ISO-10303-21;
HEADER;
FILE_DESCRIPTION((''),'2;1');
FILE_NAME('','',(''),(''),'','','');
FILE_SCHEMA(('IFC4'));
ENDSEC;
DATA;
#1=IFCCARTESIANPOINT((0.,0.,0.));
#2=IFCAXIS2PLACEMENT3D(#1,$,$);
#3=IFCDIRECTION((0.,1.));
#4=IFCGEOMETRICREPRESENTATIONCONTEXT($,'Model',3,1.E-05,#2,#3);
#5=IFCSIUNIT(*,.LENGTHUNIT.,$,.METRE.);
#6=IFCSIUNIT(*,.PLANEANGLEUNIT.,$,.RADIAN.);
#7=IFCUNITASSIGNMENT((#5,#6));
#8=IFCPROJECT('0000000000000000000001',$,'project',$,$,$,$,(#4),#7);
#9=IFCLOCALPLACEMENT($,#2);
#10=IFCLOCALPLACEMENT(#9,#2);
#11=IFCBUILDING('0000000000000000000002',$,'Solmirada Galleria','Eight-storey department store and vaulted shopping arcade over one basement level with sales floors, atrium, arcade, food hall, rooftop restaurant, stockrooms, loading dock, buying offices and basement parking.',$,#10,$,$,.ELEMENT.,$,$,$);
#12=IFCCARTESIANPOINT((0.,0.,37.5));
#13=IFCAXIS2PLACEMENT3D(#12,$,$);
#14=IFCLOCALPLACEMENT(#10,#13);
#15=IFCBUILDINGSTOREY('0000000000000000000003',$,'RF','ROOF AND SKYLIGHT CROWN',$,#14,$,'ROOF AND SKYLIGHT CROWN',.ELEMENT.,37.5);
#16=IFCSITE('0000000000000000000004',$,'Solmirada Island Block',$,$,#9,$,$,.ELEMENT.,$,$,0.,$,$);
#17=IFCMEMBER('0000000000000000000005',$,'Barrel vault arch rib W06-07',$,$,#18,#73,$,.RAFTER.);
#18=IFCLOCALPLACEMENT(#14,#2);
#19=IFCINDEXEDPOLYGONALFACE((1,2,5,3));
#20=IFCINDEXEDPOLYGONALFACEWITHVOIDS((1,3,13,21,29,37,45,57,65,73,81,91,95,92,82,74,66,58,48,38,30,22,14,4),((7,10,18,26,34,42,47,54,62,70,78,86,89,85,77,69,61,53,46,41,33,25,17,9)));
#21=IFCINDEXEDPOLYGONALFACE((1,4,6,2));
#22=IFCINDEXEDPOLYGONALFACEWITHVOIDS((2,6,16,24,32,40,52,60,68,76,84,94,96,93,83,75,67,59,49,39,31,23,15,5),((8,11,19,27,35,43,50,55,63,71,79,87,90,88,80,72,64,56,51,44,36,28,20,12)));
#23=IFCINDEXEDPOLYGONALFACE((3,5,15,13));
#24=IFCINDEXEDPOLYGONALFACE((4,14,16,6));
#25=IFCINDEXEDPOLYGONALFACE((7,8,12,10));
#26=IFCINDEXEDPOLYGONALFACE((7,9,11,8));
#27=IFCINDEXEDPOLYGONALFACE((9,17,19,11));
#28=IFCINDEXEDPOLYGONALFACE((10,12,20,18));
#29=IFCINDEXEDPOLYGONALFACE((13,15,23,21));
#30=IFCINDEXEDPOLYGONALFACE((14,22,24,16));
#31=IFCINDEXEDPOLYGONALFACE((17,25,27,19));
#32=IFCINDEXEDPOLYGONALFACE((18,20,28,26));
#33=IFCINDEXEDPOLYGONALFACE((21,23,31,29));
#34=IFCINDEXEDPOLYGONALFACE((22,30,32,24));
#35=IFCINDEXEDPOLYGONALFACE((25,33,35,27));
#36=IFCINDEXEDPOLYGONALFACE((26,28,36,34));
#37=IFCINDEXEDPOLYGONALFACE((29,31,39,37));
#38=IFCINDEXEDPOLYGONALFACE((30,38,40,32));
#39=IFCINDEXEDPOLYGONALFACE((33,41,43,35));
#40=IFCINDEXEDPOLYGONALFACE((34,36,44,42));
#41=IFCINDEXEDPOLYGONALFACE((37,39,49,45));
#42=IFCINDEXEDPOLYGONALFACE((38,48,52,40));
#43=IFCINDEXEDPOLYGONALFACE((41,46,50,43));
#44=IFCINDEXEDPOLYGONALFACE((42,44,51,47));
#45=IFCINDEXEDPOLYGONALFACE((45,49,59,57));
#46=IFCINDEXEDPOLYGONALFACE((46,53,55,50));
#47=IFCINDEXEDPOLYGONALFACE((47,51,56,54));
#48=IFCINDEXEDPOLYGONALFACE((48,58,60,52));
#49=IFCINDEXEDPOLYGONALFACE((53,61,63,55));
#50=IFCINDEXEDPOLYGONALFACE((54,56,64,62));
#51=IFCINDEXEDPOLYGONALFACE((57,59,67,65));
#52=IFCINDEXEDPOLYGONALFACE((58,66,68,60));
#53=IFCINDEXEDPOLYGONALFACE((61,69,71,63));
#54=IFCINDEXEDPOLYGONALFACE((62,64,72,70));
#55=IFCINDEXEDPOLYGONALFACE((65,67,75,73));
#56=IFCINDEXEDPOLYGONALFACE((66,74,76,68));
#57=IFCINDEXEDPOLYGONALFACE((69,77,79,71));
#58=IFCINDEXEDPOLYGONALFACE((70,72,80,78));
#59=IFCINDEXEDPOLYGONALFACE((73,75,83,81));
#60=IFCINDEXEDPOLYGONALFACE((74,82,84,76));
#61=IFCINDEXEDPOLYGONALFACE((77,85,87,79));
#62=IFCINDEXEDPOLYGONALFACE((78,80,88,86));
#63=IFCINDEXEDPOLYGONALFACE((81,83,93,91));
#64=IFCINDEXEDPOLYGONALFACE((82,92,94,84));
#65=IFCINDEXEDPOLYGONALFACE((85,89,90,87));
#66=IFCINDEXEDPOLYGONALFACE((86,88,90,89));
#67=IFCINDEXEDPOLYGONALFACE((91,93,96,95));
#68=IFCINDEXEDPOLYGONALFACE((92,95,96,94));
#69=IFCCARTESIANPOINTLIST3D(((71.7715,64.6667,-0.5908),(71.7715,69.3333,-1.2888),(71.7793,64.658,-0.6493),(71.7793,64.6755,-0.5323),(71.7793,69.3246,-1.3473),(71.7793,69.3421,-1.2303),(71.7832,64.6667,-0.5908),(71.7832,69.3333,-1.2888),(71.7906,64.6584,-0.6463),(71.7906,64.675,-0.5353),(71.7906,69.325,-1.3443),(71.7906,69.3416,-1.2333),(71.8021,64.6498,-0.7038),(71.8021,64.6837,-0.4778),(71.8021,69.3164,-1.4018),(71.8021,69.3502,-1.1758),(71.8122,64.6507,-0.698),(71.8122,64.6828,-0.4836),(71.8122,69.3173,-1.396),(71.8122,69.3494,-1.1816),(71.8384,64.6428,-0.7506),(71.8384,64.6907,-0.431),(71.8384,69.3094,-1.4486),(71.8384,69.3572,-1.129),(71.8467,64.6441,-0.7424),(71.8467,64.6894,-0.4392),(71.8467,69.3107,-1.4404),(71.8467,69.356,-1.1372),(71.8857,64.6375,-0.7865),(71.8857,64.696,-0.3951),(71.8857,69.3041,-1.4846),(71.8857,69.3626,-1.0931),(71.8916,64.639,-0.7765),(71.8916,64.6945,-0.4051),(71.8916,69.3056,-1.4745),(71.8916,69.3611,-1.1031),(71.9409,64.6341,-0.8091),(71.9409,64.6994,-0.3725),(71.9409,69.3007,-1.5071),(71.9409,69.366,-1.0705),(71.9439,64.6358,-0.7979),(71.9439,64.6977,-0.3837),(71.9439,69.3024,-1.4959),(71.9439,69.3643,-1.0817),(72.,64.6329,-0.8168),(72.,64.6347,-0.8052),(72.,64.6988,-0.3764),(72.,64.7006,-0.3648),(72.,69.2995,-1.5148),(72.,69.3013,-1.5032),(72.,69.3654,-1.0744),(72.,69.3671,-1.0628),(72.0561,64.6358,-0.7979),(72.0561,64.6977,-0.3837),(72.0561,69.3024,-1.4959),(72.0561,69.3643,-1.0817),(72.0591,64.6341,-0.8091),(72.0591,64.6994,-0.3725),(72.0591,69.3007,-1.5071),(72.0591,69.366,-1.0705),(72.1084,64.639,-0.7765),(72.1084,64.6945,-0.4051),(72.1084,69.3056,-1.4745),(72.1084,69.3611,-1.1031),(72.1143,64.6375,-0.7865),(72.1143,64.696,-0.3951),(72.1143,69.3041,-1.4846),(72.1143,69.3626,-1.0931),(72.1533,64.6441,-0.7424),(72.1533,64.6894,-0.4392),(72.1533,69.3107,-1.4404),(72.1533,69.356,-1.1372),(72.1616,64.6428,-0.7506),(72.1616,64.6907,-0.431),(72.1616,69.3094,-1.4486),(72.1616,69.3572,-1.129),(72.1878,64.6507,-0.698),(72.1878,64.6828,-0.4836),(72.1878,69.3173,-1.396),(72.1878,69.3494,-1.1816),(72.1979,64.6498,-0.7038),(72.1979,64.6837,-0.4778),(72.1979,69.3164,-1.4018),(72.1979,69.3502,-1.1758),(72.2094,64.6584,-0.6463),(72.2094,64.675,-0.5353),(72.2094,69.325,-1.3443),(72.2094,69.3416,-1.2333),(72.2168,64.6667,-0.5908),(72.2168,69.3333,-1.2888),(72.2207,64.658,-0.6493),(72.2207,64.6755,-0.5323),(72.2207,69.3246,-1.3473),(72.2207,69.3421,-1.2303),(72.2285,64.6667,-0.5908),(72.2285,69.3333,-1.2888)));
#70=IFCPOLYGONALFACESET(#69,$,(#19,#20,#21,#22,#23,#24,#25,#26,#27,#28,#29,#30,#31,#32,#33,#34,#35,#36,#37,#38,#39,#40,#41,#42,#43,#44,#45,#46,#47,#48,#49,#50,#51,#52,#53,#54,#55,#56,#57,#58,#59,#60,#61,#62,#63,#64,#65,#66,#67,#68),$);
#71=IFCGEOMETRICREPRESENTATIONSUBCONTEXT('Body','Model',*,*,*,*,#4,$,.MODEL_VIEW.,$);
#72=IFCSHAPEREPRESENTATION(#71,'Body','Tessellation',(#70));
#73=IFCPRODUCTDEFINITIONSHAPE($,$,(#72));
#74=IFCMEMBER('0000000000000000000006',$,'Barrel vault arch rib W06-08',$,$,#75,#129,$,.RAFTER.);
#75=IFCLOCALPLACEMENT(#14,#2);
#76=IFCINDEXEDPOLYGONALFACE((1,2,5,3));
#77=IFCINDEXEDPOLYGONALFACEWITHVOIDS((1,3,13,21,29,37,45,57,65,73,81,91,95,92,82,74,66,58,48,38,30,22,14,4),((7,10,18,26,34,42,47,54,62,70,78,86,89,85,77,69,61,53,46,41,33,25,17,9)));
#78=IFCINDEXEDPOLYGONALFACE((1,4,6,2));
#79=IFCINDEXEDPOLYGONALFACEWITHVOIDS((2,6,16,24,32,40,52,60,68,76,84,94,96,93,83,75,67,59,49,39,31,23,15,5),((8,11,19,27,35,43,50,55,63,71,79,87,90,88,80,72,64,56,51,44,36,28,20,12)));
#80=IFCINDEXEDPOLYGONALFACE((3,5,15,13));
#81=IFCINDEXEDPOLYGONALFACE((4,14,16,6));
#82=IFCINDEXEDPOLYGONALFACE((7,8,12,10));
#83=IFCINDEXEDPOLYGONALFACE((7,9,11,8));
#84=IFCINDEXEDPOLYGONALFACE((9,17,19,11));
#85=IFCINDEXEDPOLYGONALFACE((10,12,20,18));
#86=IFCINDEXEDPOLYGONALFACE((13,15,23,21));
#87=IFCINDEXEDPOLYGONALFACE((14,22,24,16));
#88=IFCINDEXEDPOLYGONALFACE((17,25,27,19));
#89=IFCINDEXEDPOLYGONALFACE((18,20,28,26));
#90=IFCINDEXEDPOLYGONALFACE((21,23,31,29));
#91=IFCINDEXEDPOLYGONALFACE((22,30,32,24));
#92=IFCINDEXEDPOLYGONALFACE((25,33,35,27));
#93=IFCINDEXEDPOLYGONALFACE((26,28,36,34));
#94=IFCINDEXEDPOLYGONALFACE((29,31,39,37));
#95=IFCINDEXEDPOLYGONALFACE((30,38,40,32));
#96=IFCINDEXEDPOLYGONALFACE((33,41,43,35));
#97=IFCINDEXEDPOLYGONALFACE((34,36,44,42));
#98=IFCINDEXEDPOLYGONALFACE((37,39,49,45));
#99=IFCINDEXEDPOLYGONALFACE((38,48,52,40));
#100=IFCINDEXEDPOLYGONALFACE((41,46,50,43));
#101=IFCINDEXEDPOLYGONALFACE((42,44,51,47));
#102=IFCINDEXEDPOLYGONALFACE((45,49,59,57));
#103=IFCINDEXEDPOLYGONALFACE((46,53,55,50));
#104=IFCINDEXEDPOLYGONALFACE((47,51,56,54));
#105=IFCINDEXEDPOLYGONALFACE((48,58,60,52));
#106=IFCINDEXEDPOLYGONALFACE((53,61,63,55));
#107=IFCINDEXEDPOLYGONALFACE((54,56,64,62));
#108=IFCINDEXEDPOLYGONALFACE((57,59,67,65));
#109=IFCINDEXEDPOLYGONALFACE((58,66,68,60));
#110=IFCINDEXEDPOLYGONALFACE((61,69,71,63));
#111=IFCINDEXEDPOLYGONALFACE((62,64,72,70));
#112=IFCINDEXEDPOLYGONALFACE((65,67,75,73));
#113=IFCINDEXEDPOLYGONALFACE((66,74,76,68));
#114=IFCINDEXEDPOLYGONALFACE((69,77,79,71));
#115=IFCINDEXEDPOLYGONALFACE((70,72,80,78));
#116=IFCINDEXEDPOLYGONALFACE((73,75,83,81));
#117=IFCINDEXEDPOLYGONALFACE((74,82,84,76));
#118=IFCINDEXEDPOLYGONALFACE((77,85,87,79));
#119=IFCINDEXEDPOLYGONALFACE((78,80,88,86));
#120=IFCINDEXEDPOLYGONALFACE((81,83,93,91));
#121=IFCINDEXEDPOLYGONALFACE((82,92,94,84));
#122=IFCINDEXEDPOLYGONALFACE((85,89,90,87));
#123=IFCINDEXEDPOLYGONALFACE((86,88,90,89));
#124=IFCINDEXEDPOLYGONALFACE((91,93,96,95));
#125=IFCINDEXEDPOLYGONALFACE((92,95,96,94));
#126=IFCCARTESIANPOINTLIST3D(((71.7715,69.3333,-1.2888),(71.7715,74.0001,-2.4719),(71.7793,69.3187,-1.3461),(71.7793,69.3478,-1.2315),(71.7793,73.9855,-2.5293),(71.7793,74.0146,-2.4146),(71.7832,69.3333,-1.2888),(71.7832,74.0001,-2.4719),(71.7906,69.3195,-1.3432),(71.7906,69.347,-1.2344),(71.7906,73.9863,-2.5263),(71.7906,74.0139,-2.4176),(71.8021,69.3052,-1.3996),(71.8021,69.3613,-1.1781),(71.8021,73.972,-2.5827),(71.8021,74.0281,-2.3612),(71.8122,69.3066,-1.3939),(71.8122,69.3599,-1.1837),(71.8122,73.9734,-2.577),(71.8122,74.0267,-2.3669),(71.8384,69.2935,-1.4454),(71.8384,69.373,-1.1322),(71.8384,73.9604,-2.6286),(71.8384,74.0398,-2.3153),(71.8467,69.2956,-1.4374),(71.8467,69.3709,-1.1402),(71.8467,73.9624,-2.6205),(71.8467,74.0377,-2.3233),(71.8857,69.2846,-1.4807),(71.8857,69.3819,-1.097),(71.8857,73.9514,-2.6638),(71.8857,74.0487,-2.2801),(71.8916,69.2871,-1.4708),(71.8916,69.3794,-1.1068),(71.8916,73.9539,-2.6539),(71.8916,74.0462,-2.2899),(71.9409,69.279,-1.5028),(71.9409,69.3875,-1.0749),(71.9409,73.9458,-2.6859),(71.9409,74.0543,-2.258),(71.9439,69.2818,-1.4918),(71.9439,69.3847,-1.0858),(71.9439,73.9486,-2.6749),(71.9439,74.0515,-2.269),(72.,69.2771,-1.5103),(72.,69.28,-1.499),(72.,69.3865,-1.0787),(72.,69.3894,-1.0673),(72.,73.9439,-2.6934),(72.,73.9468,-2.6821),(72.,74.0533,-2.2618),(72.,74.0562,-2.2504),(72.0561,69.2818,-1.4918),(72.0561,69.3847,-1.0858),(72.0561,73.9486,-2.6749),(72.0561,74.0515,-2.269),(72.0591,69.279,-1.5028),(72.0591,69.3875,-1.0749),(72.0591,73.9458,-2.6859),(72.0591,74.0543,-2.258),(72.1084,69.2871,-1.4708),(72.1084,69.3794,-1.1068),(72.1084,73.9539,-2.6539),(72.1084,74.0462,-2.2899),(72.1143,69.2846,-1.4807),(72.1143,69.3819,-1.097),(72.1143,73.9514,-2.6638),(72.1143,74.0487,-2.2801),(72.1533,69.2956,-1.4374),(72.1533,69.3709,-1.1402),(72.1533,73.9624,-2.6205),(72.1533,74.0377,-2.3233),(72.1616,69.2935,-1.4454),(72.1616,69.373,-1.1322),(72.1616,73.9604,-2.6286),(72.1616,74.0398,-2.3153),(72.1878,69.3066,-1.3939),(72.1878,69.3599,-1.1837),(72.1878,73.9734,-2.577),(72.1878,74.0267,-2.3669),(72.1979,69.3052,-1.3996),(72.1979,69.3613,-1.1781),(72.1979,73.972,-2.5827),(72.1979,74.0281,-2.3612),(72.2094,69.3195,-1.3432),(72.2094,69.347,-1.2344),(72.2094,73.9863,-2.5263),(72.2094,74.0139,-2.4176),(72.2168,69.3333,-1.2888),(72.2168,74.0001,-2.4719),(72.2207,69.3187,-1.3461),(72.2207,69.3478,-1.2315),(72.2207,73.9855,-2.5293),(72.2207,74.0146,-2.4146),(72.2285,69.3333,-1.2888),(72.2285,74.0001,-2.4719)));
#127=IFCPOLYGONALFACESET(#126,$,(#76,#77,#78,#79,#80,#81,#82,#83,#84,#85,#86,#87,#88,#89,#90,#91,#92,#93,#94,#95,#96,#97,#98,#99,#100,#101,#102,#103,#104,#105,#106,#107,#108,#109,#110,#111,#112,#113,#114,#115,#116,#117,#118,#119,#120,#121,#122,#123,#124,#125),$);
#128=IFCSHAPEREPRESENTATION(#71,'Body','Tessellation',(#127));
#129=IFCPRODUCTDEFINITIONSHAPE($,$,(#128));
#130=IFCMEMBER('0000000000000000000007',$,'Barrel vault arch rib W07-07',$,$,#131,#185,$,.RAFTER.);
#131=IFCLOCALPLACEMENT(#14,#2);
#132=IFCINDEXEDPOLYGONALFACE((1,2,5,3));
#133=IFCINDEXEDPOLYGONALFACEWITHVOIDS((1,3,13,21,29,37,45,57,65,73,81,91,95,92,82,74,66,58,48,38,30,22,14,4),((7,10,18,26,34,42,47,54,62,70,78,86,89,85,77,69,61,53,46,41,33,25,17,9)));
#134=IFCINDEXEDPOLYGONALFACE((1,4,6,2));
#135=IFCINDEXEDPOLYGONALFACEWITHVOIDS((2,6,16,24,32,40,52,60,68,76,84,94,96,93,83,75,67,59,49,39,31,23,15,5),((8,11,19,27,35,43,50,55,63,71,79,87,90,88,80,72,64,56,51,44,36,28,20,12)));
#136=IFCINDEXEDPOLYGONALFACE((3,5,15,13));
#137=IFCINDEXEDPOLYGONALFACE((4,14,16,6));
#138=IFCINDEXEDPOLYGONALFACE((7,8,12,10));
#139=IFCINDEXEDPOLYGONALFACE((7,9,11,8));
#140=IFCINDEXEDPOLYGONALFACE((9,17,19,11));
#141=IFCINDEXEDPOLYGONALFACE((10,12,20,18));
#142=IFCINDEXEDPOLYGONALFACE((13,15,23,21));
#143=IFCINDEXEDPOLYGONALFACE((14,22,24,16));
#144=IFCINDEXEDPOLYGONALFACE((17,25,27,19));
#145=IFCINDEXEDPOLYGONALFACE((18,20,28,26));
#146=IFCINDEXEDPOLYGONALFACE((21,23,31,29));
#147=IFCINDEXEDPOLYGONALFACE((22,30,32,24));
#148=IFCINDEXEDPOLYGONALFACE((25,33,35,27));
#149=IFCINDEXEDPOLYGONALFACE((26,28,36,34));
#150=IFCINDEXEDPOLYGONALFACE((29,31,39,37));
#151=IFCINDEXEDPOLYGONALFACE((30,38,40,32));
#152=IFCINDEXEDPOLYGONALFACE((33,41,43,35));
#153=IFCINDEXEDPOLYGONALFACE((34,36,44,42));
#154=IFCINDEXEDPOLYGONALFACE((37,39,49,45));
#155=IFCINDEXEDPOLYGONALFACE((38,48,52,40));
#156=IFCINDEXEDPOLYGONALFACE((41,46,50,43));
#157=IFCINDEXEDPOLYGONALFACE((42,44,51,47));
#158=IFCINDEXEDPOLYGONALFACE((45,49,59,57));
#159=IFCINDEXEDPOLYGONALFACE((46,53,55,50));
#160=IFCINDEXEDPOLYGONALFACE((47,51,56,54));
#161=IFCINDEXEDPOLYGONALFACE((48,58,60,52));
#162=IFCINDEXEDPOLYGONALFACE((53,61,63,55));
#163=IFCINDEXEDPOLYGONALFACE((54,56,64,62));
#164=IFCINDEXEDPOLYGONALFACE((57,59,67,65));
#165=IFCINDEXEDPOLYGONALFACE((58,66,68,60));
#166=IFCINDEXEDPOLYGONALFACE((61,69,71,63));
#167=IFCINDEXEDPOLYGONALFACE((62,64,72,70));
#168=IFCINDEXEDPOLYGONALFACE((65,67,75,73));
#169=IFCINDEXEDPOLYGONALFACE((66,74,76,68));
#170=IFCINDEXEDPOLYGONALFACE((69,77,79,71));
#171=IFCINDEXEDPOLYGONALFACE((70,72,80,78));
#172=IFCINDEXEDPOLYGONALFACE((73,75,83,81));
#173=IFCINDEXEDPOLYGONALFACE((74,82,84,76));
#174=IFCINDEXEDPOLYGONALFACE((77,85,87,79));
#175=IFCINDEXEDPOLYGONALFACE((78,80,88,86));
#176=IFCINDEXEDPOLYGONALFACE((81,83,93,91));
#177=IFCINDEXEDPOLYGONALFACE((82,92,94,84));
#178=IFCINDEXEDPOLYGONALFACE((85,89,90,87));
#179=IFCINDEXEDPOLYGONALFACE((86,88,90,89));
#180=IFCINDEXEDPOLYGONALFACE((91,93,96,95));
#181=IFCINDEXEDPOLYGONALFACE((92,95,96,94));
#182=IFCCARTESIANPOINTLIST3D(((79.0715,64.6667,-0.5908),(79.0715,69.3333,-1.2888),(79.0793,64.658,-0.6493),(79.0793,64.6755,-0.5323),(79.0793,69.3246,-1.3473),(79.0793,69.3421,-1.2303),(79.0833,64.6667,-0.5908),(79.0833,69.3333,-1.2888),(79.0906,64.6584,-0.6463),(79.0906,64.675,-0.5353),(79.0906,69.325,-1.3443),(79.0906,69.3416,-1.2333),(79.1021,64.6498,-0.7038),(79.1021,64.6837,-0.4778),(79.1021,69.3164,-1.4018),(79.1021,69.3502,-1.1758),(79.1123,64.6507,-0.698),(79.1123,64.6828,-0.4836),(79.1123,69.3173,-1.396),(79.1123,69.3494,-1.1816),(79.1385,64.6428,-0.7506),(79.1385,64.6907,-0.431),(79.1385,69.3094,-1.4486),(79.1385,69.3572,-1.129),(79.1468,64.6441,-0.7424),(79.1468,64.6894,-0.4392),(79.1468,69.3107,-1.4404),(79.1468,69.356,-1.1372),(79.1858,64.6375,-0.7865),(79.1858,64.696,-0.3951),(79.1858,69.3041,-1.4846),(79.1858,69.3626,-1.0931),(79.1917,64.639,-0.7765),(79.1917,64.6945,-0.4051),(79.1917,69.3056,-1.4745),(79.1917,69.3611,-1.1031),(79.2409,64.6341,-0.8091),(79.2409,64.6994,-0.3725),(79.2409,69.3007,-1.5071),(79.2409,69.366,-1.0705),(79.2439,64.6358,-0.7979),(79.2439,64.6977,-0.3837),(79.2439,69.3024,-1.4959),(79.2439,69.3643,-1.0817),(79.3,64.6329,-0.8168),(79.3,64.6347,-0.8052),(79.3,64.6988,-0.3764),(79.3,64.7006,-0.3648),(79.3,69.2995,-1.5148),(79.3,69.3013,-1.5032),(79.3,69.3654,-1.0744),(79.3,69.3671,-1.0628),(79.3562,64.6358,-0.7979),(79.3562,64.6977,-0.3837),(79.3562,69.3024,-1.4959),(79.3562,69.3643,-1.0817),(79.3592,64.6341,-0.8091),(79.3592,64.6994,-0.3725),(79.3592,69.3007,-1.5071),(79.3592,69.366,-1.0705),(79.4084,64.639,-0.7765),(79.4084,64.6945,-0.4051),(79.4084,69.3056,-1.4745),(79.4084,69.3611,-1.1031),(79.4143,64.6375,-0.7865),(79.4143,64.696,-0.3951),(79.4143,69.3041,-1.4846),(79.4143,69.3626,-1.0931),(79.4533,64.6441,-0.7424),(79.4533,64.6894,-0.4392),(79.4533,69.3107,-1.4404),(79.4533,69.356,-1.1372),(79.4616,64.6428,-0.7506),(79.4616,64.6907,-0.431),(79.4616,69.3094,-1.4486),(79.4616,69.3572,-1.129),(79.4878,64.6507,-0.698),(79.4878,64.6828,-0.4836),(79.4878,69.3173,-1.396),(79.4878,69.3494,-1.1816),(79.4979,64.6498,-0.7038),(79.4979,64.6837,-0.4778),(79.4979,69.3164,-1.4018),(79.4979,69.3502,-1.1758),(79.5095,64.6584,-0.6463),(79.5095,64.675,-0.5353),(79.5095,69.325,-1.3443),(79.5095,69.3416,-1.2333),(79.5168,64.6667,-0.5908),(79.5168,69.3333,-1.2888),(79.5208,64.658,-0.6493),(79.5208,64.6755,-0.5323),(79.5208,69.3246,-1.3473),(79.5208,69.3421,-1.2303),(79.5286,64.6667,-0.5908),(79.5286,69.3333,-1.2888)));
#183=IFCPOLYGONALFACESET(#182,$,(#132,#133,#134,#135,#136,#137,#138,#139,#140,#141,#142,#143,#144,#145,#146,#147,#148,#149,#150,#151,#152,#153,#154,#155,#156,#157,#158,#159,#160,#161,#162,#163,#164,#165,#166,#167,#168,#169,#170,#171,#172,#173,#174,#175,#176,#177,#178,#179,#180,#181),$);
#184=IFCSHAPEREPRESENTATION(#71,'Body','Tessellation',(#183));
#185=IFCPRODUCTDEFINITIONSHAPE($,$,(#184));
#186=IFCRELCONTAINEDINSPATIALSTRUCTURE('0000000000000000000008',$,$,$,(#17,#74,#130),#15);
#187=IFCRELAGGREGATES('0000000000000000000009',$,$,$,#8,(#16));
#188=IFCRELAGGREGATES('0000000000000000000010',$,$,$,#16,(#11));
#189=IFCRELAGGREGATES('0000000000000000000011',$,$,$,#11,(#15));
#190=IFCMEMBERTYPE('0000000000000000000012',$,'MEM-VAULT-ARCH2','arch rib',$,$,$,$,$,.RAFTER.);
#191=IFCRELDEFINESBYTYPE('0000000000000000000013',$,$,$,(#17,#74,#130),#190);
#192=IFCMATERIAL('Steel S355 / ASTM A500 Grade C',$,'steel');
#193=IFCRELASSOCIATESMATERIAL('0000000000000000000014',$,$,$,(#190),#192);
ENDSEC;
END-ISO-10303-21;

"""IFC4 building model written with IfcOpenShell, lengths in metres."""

from ifc_helpers import new_model, si_unit, direction, frame, origin, origin_2d, place, context, subcontext, project, spatial, hollow_circle, extrude, material, material_profile, profile_set, type_object, element, save


model = new_model("IFC4")

# Units and contexts
model_context = context("Model", 3, precision=1e-05, world=origin(), true_north=direction((0.0, 1.0)))
body_context = subcontext(model_context, "Body", "Model", "MODEL_VIEW")
ifc_project = project(units=[si_unit("LENGTHUNIT", "METRE"), si_unit("PLANEANGLEUNIT", "RADIAN")], contexts=[model_context])

# Site, building, storey
site_placement = place(None, origin())
site = spatial("IfcSite", under=ifc_project, at=site_placement, Name="Solmirada Island Block", CompositionType="ELEMENT", RefElevation=0.0)
building_placement = place(site_placement, origin())
building = spatial("IfcBuilding", under=site, at=building_placement, Name="Solmirada Galleria", Description="Eight-storey department store and vaulted shopping arcade over one basement level with sales floors, atrium, arcade, food hall, rooftop restaurant, stockrooms, loading dock, buying offices and basement parking.", CompositionType="ELEMENT")
storey_placement = place(building_placement, frame((0.0, 0.0, 37.5)))
storey = spatial("IfcBuildingStorey", under=building, at=storey_placement, Name="RF", Description="ROOF AND SKYLIGHT CROWN", LongName="ROOF AND SKYLIGHT CROWN", CompositionType="ELEMENT", Elevation=37.5)

# Members
ifc_material_1 = material(Name="Steel S355 / ASTM A500 Grade C", Category="steel")
ifc_material_profile_1 = material_profile(ifc_material_1, hollow_circle(Radius=0.2285, WallThickness=0.0117, at=origin_2d()), Name="HSS18.000X0.500")
ifc_profile_set_1 = profile_set([ifc_material_profile_1], Name="Steel S355 / ASTM A500 Grade C")
member_type_1 = type_object("IfcMemberType", Name="MEM-VAULT-ARCH2", Description="arch rib", PredefinedType="RAFTER", material=ifc_profile_set_1)
member_1_placement = place(storey_placement, frame((72.0, 64.6667, -0.5908), z_axis=(0.0, 0.988998, -0.147931), x_axis=(-1.0, 0.0, 0.0)))
element("IfcMember", 1, at=member_1_placement, inside=storey, type_object=member_type_1, Name="Barrel vault arch rib W06-07", PredefinedType="RAFTER", context=body_context, shape_type="SweptSolid", body=[
    extrude(hollow_circle(Radius=0.2285, WallThickness=0.0117, at=origin_2d()), origin(), (0.0, 0.0, 1.0), 4.7185),
])
member_2_placement = place(storey_placement, frame((72.0, 69.3333, -1.2888), z_axis=(0.0, 0.969335, -0.245744), x_axis=(-1.0, 0.0, 0.0)))
element("IfcMember", 2, at=member_2_placement, inside=storey, type_object=member_type_1, Name="Barrel vault arch rib W06-08", PredefinedType="RAFTER", context=body_context, shape_type="SweptSolid", body=[
    extrude(hollow_circle(Radius=0.2285, WallThickness=0.0117, at=origin_2d()), origin(), (0.0, 0.0, 1.0), 4.8145),
])
member_3_placement = place(storey_placement, frame((79.3, 64.6667, -0.5908), z_axis=(0.0, 0.988998, -0.147931), x_axis=(-1.0, 0.0, 0.0)))
element("IfcMember", 3, at=member_3_placement, inside=storey, type_object=member_type_1, Name="Barrel vault arch rib W07-07", PredefinedType="RAFTER", context=body_context, shape_type="SweptSolid", body=[
    extrude(hollow_circle(Radius=0.2285, WallThickness=0.0117, at=origin_2d()), origin(), (0.0, 0.0, 1.0), 4.7185),
])

save(model, "model.ifc")
